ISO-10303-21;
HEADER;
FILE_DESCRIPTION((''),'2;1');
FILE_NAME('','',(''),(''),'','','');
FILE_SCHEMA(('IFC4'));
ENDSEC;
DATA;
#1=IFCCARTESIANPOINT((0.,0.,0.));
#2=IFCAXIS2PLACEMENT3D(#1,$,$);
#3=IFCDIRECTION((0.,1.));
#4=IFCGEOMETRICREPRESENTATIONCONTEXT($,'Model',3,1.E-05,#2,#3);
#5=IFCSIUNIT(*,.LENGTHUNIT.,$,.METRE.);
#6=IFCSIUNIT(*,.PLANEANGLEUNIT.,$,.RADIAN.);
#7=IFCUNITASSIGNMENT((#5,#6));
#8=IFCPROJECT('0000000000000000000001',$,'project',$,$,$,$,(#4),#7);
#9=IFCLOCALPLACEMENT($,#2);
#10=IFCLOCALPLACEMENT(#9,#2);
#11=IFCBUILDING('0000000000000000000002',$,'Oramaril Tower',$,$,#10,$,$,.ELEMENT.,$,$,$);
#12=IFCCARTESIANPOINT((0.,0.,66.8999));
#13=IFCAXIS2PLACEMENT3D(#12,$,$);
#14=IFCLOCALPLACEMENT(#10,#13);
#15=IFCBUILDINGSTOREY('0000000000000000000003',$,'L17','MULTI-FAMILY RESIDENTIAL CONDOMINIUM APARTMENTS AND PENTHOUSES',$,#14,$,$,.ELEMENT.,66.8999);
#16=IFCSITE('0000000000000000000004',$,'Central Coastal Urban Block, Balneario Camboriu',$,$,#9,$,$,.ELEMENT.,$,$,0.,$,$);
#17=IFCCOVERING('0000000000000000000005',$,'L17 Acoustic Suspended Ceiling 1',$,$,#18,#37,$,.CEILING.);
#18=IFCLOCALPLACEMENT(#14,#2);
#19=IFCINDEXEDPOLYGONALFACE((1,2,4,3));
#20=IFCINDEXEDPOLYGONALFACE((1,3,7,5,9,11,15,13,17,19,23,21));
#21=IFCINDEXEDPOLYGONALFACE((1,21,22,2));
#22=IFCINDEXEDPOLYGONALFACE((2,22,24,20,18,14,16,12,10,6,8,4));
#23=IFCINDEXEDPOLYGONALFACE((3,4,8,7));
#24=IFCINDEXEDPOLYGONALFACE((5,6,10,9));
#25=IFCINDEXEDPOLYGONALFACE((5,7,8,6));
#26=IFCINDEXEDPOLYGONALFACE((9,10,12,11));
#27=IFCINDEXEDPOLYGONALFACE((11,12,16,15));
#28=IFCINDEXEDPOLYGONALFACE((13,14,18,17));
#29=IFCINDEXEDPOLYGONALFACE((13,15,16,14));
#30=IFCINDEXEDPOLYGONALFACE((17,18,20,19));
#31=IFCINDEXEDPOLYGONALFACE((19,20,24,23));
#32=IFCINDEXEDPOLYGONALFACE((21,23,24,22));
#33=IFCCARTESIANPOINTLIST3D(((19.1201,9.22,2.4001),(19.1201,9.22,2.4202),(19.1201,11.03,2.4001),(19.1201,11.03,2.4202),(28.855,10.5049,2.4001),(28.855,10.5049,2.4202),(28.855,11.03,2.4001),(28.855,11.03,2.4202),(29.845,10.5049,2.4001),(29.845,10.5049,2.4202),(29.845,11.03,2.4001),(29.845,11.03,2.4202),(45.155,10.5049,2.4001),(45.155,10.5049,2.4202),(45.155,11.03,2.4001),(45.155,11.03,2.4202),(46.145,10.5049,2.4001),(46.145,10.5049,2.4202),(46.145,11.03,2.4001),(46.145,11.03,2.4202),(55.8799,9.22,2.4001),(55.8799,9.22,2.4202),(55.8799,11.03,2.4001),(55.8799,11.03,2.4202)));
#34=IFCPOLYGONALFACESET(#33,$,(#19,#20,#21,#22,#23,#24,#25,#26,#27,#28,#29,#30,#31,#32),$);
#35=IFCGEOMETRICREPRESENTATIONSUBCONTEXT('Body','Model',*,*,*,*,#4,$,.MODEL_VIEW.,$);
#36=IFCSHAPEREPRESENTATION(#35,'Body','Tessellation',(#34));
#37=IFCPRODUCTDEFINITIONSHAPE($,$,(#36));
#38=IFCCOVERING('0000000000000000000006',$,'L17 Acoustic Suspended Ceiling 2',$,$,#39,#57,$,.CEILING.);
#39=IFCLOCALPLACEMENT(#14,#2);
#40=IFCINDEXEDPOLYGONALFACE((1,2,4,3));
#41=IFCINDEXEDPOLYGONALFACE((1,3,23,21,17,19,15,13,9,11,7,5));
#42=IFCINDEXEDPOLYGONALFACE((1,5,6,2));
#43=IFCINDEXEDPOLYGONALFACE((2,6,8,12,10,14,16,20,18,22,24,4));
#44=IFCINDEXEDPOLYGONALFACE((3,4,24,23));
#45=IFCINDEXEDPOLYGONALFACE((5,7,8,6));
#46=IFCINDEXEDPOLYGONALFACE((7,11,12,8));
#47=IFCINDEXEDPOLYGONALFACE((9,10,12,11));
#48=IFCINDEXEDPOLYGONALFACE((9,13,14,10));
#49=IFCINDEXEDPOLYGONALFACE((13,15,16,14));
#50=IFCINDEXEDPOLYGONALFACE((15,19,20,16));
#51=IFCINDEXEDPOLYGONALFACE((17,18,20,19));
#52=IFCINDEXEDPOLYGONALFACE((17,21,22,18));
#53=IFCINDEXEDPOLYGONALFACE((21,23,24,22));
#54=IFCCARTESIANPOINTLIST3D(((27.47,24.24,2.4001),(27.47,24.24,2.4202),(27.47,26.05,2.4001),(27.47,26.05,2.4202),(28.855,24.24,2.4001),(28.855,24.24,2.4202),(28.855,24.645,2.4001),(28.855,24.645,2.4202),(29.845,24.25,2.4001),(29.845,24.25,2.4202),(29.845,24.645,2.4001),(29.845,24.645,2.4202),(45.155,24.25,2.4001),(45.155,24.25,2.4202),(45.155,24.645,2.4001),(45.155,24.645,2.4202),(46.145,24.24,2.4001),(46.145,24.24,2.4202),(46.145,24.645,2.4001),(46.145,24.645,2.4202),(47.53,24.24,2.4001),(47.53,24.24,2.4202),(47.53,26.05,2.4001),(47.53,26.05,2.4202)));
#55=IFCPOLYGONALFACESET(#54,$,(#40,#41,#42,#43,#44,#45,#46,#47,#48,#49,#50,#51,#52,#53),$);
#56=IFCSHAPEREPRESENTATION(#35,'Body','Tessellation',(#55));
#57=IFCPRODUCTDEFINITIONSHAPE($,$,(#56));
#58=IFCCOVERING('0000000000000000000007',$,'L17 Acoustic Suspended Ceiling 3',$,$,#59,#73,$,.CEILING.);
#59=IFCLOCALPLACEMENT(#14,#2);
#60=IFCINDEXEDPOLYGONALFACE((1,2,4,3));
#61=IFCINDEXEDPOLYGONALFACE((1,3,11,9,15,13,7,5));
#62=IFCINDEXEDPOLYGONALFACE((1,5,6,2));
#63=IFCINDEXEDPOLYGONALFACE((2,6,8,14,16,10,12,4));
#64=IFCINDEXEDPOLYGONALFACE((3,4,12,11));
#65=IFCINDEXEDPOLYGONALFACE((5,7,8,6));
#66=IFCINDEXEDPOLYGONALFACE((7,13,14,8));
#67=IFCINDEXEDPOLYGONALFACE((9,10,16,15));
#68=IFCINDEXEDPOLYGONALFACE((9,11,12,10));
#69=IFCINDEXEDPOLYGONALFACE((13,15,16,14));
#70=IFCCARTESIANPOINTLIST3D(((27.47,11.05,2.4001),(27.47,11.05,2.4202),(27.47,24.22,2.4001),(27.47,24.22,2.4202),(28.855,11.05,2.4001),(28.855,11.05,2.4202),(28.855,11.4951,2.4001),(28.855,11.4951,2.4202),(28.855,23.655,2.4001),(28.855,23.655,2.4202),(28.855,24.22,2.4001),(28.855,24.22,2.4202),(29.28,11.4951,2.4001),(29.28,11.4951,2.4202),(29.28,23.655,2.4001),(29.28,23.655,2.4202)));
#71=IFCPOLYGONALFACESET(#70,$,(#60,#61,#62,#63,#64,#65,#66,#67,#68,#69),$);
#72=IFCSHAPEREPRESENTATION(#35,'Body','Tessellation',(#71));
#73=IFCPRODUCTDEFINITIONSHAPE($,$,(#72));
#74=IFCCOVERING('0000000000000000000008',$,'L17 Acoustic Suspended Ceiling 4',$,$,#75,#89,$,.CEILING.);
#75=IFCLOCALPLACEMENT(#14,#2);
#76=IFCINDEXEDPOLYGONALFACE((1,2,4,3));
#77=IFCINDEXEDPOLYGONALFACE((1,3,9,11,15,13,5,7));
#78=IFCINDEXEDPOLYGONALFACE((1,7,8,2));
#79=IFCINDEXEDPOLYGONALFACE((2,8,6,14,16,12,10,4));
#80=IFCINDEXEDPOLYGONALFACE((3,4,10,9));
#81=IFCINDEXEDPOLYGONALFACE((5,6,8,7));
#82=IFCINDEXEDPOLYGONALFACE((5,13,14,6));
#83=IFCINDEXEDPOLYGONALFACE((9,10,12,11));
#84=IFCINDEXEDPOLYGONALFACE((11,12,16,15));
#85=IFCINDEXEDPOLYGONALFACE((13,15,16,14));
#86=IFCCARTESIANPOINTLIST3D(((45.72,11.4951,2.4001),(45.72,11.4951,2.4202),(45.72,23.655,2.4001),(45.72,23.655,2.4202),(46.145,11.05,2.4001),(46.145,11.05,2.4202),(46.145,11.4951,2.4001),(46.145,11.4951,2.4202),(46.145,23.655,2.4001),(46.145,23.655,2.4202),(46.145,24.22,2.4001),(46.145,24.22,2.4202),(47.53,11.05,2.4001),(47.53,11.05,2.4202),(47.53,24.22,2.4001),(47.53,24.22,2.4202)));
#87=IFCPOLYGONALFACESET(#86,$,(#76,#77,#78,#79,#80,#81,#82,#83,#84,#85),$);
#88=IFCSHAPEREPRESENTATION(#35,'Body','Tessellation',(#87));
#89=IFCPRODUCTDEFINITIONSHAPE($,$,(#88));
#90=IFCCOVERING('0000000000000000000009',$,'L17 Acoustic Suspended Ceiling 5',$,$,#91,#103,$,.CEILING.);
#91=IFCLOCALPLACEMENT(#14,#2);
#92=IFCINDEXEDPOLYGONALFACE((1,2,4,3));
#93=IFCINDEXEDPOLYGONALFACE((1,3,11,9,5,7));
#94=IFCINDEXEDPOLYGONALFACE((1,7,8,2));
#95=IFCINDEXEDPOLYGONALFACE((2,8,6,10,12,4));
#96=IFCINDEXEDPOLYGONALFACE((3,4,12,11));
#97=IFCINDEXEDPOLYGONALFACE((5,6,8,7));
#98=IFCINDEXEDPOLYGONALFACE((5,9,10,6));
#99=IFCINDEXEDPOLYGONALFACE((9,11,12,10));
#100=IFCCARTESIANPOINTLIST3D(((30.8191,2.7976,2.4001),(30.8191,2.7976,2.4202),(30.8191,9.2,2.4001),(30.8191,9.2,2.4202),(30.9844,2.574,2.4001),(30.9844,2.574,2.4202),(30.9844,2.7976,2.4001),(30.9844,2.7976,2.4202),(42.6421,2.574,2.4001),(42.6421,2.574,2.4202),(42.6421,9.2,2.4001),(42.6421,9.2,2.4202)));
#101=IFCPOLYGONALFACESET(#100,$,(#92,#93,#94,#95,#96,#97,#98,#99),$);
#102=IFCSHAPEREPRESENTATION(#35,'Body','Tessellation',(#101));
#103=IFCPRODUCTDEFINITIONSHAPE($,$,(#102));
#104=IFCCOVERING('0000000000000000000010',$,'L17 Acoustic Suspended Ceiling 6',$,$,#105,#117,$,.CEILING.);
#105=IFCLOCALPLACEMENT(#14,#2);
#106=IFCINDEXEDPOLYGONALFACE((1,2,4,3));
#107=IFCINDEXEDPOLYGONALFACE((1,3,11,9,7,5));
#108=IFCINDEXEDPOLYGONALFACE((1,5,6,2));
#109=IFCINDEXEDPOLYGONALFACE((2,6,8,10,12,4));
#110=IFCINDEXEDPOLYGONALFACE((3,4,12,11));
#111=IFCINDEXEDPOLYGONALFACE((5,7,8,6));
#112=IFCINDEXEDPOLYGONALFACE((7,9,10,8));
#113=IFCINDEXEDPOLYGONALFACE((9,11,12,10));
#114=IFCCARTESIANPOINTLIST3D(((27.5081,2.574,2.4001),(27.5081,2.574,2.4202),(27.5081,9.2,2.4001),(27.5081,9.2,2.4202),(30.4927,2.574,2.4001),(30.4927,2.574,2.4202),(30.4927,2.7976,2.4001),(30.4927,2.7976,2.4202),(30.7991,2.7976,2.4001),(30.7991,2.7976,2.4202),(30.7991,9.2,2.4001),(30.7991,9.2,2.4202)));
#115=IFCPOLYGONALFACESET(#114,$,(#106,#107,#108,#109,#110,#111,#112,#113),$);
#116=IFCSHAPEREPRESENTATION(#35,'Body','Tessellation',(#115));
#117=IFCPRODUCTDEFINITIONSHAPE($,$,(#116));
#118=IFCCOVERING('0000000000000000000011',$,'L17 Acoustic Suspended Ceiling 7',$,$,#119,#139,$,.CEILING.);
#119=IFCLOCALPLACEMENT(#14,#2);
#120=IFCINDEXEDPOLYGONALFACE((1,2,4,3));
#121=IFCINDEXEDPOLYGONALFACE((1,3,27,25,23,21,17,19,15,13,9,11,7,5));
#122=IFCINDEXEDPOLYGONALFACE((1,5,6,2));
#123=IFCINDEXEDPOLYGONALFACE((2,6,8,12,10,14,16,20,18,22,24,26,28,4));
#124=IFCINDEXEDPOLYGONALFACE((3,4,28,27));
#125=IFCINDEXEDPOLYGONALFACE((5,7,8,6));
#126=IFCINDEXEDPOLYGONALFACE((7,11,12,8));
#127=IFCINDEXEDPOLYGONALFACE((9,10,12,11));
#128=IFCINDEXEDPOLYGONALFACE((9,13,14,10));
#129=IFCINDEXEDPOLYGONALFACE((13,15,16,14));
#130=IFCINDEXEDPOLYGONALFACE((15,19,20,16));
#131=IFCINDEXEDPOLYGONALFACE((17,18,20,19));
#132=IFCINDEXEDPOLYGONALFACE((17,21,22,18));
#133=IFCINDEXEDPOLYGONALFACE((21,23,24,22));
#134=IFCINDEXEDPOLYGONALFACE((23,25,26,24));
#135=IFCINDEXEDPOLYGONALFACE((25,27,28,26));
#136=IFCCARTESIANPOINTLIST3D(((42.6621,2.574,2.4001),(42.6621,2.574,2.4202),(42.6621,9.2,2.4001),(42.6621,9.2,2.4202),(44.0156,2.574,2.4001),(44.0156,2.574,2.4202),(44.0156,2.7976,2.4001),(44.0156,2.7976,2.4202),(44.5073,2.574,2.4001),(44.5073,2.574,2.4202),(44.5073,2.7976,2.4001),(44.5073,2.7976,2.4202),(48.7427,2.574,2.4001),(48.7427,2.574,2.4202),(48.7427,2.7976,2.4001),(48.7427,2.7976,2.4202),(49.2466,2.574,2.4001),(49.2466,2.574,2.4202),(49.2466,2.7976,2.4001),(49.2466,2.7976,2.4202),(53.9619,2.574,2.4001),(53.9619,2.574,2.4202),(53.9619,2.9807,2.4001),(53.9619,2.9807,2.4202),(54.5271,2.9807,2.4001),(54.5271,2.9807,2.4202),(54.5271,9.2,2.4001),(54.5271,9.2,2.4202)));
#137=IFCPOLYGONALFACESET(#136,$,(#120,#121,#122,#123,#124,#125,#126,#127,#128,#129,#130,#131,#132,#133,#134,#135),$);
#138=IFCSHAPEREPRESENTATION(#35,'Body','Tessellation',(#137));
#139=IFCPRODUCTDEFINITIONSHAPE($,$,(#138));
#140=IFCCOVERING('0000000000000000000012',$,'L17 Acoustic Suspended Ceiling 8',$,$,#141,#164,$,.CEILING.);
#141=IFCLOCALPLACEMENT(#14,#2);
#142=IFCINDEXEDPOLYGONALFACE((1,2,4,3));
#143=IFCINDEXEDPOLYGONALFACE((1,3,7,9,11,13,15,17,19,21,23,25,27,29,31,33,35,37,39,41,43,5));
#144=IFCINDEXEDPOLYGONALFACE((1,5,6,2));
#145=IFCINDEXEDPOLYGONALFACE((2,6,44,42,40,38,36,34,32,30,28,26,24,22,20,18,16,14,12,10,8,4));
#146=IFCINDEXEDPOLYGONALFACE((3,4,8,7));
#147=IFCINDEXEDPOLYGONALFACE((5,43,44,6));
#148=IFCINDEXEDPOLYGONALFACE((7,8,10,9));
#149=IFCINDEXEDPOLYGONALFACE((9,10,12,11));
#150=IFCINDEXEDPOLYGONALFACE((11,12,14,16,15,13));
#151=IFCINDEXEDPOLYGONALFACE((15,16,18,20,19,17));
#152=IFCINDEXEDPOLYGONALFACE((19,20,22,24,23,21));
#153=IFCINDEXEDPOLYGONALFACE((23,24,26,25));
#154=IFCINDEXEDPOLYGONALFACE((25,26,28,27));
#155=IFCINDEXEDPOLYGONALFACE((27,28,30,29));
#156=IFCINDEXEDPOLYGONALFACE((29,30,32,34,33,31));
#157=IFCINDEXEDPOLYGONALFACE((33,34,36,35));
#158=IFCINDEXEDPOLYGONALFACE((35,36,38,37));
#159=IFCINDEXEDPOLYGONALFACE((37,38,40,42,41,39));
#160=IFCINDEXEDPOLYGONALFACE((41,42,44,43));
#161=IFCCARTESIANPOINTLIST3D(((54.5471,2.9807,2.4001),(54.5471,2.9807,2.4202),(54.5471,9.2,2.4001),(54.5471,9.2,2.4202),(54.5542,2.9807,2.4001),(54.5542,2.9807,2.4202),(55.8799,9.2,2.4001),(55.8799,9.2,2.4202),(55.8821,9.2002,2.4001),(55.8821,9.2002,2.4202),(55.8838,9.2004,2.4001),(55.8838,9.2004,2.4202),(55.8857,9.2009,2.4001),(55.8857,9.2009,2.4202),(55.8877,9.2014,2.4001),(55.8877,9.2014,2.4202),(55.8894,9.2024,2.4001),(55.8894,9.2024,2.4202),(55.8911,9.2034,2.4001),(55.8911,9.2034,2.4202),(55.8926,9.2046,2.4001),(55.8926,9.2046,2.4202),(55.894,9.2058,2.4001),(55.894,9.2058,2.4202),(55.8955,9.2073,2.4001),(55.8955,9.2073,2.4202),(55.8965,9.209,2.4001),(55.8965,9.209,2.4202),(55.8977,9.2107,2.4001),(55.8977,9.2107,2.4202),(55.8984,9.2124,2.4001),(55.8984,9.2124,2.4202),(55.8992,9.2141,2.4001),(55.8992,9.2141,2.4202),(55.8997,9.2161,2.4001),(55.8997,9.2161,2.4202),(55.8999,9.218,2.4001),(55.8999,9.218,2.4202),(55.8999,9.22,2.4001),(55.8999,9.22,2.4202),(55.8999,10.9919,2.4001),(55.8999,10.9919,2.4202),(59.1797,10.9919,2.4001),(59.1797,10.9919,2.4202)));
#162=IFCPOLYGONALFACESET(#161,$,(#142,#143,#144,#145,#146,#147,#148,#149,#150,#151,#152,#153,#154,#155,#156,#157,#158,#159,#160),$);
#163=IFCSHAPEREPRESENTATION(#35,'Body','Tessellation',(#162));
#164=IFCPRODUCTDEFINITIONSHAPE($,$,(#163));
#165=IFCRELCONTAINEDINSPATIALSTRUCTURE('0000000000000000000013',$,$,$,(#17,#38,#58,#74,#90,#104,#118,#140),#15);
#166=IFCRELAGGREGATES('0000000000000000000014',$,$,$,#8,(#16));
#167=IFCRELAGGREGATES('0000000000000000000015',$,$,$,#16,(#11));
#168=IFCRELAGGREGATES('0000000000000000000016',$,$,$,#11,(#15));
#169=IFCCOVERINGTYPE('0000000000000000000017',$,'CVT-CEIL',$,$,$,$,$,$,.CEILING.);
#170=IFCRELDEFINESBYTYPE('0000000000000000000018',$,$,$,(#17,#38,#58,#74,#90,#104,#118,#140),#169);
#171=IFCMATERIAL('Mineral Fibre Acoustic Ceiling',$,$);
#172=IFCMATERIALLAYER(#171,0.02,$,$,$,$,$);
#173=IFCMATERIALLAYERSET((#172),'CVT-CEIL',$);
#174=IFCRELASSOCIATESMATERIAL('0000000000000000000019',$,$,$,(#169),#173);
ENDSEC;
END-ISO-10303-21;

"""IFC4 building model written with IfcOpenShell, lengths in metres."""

from ifc_helpers import new_model, si_unit, direction, frame, origin, place, context, subcontext, project, spatial, polyline, outline, extrude, material, layer, layer_set, type_object, element, save


model = new_model("IFC4")

# Units and contexts
model_context = context("Model", 3, precision=1e-05, world=origin(), true_north=direction((0.0, 1.0)))
body_context = subcontext(model_context, "Body", "Model", "MODEL_VIEW")
ifc_project = project(units=[si_unit("LENGTHUNIT", "METRE"), si_unit("PLANEANGLEUNIT", "RADIAN")], contexts=[model_context])

# Site, building, storey
site_placement = place(None, origin())
site = spatial("IfcSite", under=ifc_project, at=site_placement, Name="Central Coastal Urban Block, Balneario Camboriu", CompositionType="ELEMENT", RefElevation=0.0)
building_placement = place(site_placement, origin())
building = spatial("IfcBuilding", under=site, at=building_placement, Name="Oramaril Tower", CompositionType="ELEMENT")
storey_placement = place(building_placement, frame((0.0, 0.0, 66.8999)))
storey = spatial("IfcBuildingStorey", under=building, at=storey_placement, Name="L17", Description="MULTI-FAMILY RESIDENTIAL CONDOMINIUM APARTMENTS AND PENTHOUSES", CompositionType="ELEMENT", Elevation=66.8999)

# Coverings
ifc_material_1 = material(Name="Mineral Fibre Acoustic Ceiling")
ifc_layer_1 = layer(ifc_material_1, 0.02)
ifc_layer_set_1 = layer_set([ifc_layer_1], Name="CVT-CEIL")
covering_type_1 = type_object("IfcCoveringType", Name="CVT-CEIL", PredefinedType="CEILING", material=ifc_layer_set_1)
covering_1_placement = place(storey_placement, frame((0.0, 0.0, 2.4001)))
element("IfcCovering", 1, at=covering_1_placement, inside=storey, type_object=covering_type_1, Name="L17 Acoustic Suspended Ceiling 1", PredefinedType="CEILING", context=body_context, shape_type="SweptSolid", body=[
    extrude(outline(polyline([(28.855, 10.5049), (29.845, 10.5049), (29.845, 11.03), (45.155, 11.03), (45.155, 10.5049), (46.145, 10.5049), (46.145, 11.03), (55.8799, 11.03), (55.8799, 9.22), (19.1201, 9.22), (19.1201, 11.03), (28.855, 11.03), (28.855, 10.5049)])), origin(), (0.0, 0.0, 1.0), 0.02),
])
covering_2_placement = place(storey_placement, frame((0.0, 0.0, 2.4001)))
element("IfcCovering", 2, at=covering_2_placement, inside=storey, type_object=covering_type_1, Name="L17 Acoustic Suspended Ceiling 2", PredefinedType="CEILING", context=body_context, shape_type="SweptSolid", body=[
    extrude(outline(polyline([(47.53, 24.24), (46.145, 24.24), (46.145, 24.645), (45.155, 24.645), (45.155, 24.25), (29.845, 24.25), (29.845, 24.645), (28.855, 24.645), (28.855, 24.24), (27.47, 24.24), (27.47, 26.05), (47.53, 26.05), (47.53, 24.24)])), origin(), (0.0, 0.0, 1.0), 0.02),
])
covering_3_placement = place(storey_placement, frame((0.0, 0.0, 2.4001)))
element("IfcCovering", 3, at=covering_3_placement, inside=storey, type_object=covering_type_1, Name="L17 Acoustic Suspended Ceiling 3", PredefinedType="CEILING", context=body_context, shape_type="SweptSolid", body=[
    extrude(outline(polyline([(28.855, 23.655), (29.28, 23.655), (29.28, 11.4951), (28.855, 11.4951), (28.855, 11.05), (27.47, 11.05), (27.47, 24.22), (28.855, 24.22), (28.855, 23.655)])), origin(), (0.0, 0.0, 1.0), 0.02),
])
covering_4_placement = place(storey_placement, frame((0.0, 0.0, 2.4001)))
element("IfcCovering", 4, at=covering_4_placement, inside=storey, type_object=covering_type_1, Name="L17 Acoustic Suspended Ceiling 4", PredefinedType="CEILING", context=body_context, shape_type="SweptSolid", body=[
    extrude(outline(polyline([(47.53, 11.05), (46.145, 11.05), (46.145, 11.4951), (45.72, 11.4951), (45.72, 23.655), (46.145, 23.655), (46.145, 24.22), (47.53, 24.22), (47.53, 11.05)])), origin(), (0.0, 0.0, 1.0), 0.02),
])
covering_5_placement = place(storey_placement, frame((0.0, 0.0, 2.4001)))
element("IfcCovering", 5, at=covering_5_placement, inside=storey, type_object=covering_type_1, Name="L17 Acoustic Suspended Ceiling 5", PredefinedType="CEILING", context=body_context, shape_type="SweptSolid", body=[
    extrude(outline(polyline([(30.9844, 2.574), (30.9844, 2.7976), (30.8191, 2.7976), (30.8191, 9.2), (42.6421, 9.2), (42.6421, 2.574), (30.9844, 2.574)])), origin(), (0.0, 0.0, 1.0), 0.02),
])
covering_6_placement = place(storey_placement, frame((0.0, 0.0, 2.4001)))
element("IfcCovering", 6, at=covering_6_placement, inside=storey, type_object=covering_type_1, Name="L17 Acoustic Suspended Ceiling 6", PredefinedType="CEILING", context=body_context, shape_type="SweptSolid", body=[
    extrude(outline(polyline([(27.5081, 9.2), (30.7991, 9.2), (30.7991, 2.7976), (30.4927, 2.7976), (30.4927, 2.574), (27.5081, 2.574), (27.5081, 9.2)])), origin(), (0.0, 0.0, 1.0), 0.02),
])
covering_7_placement = place(storey_placement, frame((0.0, 0.0, 2.4001)))
element("IfcCovering", 7, at=covering_7_placement, inside=storey, type_object=covering_type_1, Name="L17 Acoustic Suspended Ceiling 7", PredefinedType="CEILING", context=body_context, shape_type="SweptSolid", body=[
    extrude(outline(polyline([(53.9619, 2.9807), (53.9619, 2.574), (49.2466, 2.574), (49.2466, 2.7976), (48.7427, 2.7976), (48.7427, 2.574), (44.5073, 2.574), (44.5073, 2.7976), (44.0156, 2.7976), (44.0156, 2.574), (42.6621, 2.574), (42.6621, 9.2), (54.5271, 9.2), (54.5271, 2.9807), (53.9619, 2.9807)])), origin(), (0.0, 0.0, 1.0), 0.02),
])
covering_8_placement = place(storey_placement, frame((0.0, 0.0, 2.4001)))
element("IfcCovering", 8, at=covering_8_placement, inside=storey, type_object=covering_type_1, Name="L17 Acoustic Suspended Ceiling 8", PredefinedType="CEILING", context=body_context, shape_type="SweptSolid", body=[
    extrude(outline(polyline([(59.1797, 10.9919), (54.5542, 2.9807), (54.5471, 2.9807), (54.5471, 9.2), (55.8799, 9.2), (55.8821, 9.2002), (55.8838, 9.2004), (55.8857, 9.2009), (55.8877, 9.2014), (55.8894, 9.2024), (55.8911, 9.2034), (55.8926, 9.2046), (55.894, 9.2058), (55.8955, 9.2073), (55.8965, 9.209), (55.8977, 9.2107), (55.8984, 9.2124), (55.8992, 9.2141), (55.8997, 9.2161), (55.8999, 9.218), (55.8999, 9.22), (55.8999, 10.9919), (59.1797, 10.9919)])), origin(), (0.0, 0.0, 1.0), 0.02),
])

save(model, "model.ifc")
